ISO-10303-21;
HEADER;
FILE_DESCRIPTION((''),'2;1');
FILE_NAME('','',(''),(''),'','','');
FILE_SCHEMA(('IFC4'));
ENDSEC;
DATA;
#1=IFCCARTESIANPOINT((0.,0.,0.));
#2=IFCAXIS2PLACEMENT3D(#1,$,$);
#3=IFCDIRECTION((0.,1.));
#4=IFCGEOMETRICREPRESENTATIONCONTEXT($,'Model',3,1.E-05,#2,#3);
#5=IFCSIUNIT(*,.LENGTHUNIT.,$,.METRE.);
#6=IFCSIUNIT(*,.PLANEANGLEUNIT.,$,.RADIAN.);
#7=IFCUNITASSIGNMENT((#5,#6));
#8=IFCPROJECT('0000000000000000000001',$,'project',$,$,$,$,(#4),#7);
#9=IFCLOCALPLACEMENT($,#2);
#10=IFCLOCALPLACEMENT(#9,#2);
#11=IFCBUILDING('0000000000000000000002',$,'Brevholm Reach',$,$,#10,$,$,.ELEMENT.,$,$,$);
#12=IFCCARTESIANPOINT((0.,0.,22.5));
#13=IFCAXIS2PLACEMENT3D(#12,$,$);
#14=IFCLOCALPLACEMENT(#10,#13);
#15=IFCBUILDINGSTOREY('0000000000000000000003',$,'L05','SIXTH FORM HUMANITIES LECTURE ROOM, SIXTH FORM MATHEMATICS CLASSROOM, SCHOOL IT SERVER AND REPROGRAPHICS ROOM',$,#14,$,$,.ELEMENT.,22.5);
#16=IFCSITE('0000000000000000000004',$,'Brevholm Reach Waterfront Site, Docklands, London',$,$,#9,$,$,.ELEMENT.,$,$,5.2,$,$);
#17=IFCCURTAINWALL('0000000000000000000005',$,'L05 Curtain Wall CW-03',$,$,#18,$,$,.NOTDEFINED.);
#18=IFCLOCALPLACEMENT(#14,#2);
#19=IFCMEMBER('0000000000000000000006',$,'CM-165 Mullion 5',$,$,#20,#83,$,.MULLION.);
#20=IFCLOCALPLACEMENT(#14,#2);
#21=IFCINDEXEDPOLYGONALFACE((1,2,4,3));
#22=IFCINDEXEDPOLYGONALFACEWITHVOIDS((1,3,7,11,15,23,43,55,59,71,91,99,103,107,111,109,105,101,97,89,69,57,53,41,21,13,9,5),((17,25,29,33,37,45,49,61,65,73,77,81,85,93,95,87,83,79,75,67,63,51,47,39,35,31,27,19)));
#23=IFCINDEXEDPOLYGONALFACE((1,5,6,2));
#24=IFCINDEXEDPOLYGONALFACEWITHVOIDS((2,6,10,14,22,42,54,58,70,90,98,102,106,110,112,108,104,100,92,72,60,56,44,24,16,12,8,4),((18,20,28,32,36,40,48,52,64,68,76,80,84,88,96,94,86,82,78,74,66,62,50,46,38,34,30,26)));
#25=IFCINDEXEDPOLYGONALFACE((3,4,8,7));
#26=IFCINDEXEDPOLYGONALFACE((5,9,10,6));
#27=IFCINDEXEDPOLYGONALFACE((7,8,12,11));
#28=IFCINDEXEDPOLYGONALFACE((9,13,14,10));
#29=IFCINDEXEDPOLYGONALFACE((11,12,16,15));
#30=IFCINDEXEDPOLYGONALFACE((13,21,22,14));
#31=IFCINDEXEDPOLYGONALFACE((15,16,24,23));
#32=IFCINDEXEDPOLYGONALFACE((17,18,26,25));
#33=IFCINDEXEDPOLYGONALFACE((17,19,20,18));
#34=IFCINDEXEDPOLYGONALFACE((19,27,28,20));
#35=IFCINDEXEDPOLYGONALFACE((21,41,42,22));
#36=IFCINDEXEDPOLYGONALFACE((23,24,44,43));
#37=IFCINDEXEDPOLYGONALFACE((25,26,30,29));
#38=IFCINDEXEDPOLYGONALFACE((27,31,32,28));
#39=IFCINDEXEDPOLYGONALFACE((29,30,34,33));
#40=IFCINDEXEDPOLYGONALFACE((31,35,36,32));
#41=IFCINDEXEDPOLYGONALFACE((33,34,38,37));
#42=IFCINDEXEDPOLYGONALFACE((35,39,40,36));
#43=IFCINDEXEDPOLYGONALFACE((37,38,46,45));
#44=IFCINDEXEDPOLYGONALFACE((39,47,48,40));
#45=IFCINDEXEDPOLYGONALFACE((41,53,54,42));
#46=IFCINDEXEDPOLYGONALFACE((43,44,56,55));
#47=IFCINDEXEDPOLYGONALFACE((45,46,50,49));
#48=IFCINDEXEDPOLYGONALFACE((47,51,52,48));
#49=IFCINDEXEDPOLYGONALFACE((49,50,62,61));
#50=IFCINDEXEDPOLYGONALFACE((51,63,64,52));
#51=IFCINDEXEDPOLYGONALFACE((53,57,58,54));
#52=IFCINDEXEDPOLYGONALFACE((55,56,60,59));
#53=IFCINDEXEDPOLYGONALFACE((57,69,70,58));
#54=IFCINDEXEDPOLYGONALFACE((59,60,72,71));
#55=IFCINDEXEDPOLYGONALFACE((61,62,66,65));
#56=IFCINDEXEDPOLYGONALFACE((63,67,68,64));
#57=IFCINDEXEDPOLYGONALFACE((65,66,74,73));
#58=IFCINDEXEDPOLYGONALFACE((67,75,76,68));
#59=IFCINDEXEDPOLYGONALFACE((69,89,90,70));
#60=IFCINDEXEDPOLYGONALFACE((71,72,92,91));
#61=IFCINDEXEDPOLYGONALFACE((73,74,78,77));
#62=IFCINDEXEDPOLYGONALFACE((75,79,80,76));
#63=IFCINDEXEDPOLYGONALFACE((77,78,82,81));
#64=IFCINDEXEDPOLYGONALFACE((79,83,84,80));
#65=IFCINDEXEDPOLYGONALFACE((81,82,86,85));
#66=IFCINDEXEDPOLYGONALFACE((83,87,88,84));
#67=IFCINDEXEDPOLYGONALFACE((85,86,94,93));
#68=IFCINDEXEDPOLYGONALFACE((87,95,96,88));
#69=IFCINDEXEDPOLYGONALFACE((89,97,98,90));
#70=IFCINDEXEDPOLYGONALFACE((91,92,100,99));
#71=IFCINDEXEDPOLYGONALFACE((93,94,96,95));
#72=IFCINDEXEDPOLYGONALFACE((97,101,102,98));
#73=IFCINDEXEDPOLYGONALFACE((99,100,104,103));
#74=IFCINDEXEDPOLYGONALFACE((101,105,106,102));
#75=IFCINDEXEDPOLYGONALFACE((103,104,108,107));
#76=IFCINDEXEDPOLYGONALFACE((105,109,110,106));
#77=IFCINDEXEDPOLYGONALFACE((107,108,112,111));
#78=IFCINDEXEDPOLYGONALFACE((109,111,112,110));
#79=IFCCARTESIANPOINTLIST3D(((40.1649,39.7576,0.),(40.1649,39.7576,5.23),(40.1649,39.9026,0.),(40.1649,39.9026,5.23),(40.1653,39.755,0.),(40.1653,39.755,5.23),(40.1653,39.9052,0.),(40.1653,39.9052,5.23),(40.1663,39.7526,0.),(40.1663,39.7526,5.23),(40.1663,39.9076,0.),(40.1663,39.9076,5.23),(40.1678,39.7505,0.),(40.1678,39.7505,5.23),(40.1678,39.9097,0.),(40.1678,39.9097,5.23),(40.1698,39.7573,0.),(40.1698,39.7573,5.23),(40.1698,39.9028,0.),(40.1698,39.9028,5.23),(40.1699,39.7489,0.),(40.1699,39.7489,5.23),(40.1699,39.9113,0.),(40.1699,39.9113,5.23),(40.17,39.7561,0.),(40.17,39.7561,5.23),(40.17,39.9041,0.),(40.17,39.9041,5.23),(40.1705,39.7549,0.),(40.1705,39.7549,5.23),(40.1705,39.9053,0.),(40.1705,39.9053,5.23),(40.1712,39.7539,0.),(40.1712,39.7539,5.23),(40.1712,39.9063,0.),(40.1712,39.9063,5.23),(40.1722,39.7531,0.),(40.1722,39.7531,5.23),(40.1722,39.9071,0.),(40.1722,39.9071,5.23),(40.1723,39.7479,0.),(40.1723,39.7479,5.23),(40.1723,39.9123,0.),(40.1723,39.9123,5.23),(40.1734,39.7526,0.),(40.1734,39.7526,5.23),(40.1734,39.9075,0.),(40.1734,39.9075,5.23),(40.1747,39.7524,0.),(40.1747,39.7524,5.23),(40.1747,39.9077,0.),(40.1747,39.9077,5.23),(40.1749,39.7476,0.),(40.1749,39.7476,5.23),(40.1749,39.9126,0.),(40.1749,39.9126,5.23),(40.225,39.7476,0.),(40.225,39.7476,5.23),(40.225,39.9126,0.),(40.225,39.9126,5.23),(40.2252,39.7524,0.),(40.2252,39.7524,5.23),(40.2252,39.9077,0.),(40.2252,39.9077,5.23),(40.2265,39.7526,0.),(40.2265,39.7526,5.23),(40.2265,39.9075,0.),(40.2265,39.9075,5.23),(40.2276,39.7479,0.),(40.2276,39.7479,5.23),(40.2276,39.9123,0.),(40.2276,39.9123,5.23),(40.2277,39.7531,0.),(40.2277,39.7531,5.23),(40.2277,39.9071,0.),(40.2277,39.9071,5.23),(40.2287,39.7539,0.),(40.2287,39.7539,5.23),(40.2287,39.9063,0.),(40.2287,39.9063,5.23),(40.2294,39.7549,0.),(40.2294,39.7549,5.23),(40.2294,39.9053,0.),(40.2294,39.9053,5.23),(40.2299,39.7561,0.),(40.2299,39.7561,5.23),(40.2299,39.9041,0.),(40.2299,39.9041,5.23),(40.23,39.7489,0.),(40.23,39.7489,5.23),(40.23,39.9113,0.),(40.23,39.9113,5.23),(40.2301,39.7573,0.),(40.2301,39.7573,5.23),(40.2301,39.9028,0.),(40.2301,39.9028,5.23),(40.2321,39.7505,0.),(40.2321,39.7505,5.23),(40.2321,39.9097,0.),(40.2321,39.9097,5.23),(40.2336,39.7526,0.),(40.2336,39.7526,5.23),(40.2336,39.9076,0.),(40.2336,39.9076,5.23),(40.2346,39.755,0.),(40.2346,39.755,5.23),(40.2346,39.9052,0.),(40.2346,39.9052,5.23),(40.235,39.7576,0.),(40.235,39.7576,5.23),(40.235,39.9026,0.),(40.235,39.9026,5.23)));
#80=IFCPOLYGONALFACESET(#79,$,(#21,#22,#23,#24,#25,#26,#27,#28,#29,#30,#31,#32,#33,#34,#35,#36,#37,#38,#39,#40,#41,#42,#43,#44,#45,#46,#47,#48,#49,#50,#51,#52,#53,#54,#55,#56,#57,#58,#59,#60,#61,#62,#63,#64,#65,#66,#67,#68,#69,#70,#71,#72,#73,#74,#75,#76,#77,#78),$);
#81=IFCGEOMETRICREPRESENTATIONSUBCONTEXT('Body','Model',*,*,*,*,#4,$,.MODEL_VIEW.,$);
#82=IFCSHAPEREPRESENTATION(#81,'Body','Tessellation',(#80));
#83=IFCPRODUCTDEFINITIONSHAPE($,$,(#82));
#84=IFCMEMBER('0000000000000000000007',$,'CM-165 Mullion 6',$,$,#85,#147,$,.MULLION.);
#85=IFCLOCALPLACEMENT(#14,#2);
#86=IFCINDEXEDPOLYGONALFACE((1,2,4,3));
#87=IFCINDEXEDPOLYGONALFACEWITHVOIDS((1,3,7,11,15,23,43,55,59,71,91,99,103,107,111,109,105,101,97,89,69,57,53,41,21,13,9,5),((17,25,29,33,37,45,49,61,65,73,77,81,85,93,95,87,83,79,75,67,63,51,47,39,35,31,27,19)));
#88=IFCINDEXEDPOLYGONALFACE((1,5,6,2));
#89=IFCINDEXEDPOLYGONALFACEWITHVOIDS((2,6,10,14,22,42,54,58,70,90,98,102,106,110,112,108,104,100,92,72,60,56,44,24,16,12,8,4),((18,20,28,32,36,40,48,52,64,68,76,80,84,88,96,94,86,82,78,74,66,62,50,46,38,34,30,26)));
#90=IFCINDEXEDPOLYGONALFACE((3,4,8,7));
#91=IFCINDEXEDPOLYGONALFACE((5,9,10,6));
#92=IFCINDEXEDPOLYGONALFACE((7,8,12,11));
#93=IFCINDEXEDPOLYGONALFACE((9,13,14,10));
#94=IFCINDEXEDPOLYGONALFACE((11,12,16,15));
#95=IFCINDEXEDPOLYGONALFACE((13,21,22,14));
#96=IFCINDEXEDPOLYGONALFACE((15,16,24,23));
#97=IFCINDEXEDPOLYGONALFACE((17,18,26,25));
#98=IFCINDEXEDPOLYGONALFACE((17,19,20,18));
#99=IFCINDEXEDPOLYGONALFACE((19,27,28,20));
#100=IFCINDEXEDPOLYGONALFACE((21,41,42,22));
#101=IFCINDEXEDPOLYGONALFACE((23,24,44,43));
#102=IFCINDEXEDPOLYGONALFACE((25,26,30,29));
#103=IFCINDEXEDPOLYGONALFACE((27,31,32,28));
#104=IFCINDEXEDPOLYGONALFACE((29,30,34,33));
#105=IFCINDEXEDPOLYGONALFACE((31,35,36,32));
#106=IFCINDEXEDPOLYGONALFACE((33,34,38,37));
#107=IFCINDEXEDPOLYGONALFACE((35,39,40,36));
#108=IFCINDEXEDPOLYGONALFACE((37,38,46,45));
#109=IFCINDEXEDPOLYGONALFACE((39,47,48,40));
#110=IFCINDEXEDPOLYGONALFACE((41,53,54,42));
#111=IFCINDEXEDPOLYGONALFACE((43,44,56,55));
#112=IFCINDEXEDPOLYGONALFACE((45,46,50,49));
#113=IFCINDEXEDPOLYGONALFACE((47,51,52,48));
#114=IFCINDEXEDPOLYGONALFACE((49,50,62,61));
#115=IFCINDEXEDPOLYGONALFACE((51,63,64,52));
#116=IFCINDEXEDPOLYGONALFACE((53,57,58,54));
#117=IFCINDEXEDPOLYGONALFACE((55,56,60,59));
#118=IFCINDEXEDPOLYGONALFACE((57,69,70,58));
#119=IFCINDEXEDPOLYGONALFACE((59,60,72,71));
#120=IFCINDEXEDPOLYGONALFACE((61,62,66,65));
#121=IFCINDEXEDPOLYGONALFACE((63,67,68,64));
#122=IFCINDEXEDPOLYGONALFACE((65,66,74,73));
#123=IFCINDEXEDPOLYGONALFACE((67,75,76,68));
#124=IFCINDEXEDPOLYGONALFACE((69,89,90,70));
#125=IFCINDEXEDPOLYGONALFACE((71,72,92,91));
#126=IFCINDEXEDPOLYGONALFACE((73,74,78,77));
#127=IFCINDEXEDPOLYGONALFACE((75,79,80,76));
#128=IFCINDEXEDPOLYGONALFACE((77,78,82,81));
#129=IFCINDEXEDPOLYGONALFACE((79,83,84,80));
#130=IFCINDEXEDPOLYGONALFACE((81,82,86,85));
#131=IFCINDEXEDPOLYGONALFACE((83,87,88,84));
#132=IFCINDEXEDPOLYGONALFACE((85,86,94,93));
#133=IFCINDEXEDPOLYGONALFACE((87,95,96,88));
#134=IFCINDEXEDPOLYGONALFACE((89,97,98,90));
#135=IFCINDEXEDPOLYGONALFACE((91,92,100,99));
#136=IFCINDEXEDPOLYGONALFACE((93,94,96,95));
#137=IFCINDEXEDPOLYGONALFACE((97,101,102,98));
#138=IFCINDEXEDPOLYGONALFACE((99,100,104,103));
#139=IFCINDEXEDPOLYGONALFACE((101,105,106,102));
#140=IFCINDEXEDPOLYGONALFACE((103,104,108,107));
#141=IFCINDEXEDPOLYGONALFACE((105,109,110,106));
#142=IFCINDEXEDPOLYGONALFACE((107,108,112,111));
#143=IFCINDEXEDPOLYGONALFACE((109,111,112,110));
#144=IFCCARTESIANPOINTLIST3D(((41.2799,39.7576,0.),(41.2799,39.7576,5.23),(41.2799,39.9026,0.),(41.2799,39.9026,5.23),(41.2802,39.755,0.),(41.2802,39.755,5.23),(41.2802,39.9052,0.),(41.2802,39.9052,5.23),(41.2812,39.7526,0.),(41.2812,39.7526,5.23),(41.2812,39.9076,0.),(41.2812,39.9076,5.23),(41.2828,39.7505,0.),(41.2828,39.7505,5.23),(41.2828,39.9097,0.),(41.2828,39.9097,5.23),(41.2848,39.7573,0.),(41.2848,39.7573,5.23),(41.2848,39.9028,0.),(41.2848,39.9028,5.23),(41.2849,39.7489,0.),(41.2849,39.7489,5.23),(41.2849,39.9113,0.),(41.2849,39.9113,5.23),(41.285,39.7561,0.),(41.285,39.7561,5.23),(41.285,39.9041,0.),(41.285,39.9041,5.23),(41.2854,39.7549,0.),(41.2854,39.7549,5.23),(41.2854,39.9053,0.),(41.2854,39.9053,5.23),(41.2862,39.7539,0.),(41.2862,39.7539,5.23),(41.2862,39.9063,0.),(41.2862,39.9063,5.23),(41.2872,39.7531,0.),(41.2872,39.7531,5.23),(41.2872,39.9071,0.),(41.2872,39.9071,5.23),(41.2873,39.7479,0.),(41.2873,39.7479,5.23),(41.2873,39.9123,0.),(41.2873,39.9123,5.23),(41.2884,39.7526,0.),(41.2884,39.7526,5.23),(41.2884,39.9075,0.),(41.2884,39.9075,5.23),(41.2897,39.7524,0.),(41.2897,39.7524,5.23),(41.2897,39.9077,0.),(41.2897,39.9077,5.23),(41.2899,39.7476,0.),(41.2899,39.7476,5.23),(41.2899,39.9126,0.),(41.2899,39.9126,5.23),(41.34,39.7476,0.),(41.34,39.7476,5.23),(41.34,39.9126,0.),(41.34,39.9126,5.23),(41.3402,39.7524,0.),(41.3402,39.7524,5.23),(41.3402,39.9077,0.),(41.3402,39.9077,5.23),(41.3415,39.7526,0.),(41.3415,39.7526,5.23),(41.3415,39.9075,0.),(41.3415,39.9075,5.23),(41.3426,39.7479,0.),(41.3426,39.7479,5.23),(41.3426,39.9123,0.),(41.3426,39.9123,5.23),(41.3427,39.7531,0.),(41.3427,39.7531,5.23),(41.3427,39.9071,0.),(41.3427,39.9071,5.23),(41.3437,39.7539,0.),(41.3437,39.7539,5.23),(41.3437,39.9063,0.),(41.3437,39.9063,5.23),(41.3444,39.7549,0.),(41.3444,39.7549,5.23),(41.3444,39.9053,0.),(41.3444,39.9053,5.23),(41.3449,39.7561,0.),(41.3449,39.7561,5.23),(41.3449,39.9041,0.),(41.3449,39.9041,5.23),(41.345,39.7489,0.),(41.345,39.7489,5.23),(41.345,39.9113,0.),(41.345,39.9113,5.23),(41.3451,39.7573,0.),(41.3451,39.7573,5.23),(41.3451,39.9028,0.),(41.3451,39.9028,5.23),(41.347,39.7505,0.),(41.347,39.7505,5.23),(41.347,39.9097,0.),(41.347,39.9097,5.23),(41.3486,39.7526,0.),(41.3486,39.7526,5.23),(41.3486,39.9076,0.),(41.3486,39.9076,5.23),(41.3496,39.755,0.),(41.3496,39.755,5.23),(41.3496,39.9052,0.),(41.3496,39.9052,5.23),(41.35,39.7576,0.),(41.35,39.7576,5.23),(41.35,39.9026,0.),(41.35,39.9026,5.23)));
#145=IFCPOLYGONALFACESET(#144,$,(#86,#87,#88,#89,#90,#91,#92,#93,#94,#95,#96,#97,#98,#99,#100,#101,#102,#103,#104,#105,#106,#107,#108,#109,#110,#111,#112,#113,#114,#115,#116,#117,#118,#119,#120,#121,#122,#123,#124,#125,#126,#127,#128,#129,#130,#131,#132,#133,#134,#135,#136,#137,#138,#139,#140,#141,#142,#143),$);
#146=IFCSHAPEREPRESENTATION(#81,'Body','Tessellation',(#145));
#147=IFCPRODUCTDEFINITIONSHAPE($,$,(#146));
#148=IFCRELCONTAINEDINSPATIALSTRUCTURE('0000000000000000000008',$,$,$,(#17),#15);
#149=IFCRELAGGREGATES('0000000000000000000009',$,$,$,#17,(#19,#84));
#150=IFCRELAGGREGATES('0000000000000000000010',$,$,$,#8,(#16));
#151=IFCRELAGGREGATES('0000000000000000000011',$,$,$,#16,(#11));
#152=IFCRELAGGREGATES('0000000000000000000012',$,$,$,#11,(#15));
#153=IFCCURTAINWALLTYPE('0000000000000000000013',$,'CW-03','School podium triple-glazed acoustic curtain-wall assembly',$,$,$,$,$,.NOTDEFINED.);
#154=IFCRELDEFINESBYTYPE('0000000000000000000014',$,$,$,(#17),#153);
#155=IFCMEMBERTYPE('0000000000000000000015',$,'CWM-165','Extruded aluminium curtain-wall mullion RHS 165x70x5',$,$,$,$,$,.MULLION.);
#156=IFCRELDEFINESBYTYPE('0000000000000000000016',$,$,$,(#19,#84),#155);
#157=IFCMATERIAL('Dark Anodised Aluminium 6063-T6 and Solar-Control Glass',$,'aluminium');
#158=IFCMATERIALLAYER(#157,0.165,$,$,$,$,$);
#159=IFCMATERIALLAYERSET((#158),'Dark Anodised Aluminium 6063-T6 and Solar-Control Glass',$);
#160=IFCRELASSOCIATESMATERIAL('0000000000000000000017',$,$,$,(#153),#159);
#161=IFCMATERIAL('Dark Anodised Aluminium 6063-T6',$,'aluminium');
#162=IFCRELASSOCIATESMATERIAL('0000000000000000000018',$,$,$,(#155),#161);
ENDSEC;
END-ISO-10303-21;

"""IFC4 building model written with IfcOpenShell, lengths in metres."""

from ifc_helpers import new_model, si_unit, direction, frame, origin, origin_2d, place, context, subcontext, project, spatial, hollow_rectangle, extrude, material, layer, layer_set, material_profile, profile_set, type_object, element, aggregate, save


model = new_model("IFC4")

# Units and contexts
model_context = context("Model", 3, precision=1e-05, world=origin(), true_north=direction((0.0, 1.0)))
body_context = subcontext(model_context, "Body", "Model", "MODEL_VIEW")
ifc_project = project(units=[si_unit("LENGTHUNIT", "METRE"), si_unit("PLANEANGLEUNIT", "RADIAN")], contexts=[model_context])

# Site, building, storey
site_placement = place(None, origin())
site = spatial("IfcSite", under=ifc_project, at=site_placement, Name="Brevholm Reach Waterfront Site, Docklands, London", CompositionType="ELEMENT", RefElevation=5.2)
building_placement = place(site_placement, origin())
building = spatial("IfcBuilding", under=site, at=building_placement, Name="Brevholm Reach", CompositionType="ELEMENT")
storey_placement = place(building_placement, frame((0.0, 0.0, 22.5)))
storey = spatial("IfcBuildingStorey", under=building, at=storey_placement, Name="L05", Description="SIXTH FORM HUMANITIES LECTURE ROOM, SIXTH FORM MATHEMATICS CLASSROOM, SCHOOL IT SERVER AND REPROGRAPHICS ROOM", CompositionType="ELEMENT", Elevation=22.5)

# Curtain wall, members
ifc_material_1 = material(Name="Dark Anodised Aluminium 6063-T6 and Solar-Control Glass", Category="aluminium")
ifc_layer_1 = layer(ifc_material_1, 0.165)
ifc_layer_set_1 = layer_set([ifc_layer_1], Name="Dark Anodised Aluminium 6063-T6 and Solar-Control Glass")
curtain_wall_type = type_object("IfcCurtainWallType", Name="CW-03", Description="School podium triple-glazed acoustic curtain-wall assembly", PredefinedType="NOTDEFINED", material=ifc_layer_set_1)
curtain_wall_placement = place(storey_placement, origin())
curtain_wall = element("IfcCurtainWall", 1, at=curtain_wall_placement, inside=storey, type_object=curtain_wall_type, Name="L05 Curtain Wall CW-03", PredefinedType="NOTDEFINED")
ifc_material_2 = material(Name="Dark Anodised Aluminium 6063-T6", Category="aluminium")
ifc_material_profile_1 = material_profile(ifc_material_2, hollow_rectangle(XDim=0.0701, YDim=0.165, WallThickness=0.0049, InnerFilletRadius=0.0049, OuterFilletRadius=0.01, at=origin_2d()), Name="RHS 165x70x5")
ifc_profile_set_1 = profile_set([ifc_material_profile_1], Name="Dark Anodised Aluminium 6063-T6")
member_type_1 = type_object("IfcMemberType", Name="CWM-165", Description="Extruded aluminium curtain-wall mullion RHS 165x70x5", PredefinedType="MULLION", material=ifc_profile_set_1)
member_1_placement = place(storey_placement, frame((40.2, 39.8301, 0.0), z_axis=(0.0, 0.0, 1.0), x_axis=(1.0, 0.0, 0.0)))
member_1 = element("IfcMember", 2, at=member_1_placement, type_object=member_type_1, Name="CM-165 Mullion 5", PredefinedType="MULLION", context=body_context, shape_type="SweptSolid", body=[
    extrude(hollow_rectangle(XDim=0.0701, YDim=0.165, WallThickness=0.0049, InnerFilletRadius=0.0049, OuterFilletRadius=0.01, at=origin_2d()), origin(), (0.0, 0.0, 1.0), 5.23),
])
member_2_placement = place(storey_placement, frame((41.3149, 39.8301, 0.0), z_axis=(0.0, 0.0, 1.0), x_axis=(1.0, 0.0, 0.0)))
member_2 = element("IfcMember", 3, at=member_2_placement, type_object=member_type_1, Name="CM-165 Mullion 6", PredefinedType="MULLION", context=body_context, shape_type="SweptSolid", body=[
    extrude(hollow_rectangle(XDim=0.0701, YDim=0.165, WallThickness=0.0049, InnerFilletRadius=0.0049, OuterFilletRadius=0.01, at=origin_2d()), origin(), (0.0, 0.0, 1.0), 5.23),
])
aggregate(curtain_wall, [member_1, member_2])

save(model, "model.ifc")
